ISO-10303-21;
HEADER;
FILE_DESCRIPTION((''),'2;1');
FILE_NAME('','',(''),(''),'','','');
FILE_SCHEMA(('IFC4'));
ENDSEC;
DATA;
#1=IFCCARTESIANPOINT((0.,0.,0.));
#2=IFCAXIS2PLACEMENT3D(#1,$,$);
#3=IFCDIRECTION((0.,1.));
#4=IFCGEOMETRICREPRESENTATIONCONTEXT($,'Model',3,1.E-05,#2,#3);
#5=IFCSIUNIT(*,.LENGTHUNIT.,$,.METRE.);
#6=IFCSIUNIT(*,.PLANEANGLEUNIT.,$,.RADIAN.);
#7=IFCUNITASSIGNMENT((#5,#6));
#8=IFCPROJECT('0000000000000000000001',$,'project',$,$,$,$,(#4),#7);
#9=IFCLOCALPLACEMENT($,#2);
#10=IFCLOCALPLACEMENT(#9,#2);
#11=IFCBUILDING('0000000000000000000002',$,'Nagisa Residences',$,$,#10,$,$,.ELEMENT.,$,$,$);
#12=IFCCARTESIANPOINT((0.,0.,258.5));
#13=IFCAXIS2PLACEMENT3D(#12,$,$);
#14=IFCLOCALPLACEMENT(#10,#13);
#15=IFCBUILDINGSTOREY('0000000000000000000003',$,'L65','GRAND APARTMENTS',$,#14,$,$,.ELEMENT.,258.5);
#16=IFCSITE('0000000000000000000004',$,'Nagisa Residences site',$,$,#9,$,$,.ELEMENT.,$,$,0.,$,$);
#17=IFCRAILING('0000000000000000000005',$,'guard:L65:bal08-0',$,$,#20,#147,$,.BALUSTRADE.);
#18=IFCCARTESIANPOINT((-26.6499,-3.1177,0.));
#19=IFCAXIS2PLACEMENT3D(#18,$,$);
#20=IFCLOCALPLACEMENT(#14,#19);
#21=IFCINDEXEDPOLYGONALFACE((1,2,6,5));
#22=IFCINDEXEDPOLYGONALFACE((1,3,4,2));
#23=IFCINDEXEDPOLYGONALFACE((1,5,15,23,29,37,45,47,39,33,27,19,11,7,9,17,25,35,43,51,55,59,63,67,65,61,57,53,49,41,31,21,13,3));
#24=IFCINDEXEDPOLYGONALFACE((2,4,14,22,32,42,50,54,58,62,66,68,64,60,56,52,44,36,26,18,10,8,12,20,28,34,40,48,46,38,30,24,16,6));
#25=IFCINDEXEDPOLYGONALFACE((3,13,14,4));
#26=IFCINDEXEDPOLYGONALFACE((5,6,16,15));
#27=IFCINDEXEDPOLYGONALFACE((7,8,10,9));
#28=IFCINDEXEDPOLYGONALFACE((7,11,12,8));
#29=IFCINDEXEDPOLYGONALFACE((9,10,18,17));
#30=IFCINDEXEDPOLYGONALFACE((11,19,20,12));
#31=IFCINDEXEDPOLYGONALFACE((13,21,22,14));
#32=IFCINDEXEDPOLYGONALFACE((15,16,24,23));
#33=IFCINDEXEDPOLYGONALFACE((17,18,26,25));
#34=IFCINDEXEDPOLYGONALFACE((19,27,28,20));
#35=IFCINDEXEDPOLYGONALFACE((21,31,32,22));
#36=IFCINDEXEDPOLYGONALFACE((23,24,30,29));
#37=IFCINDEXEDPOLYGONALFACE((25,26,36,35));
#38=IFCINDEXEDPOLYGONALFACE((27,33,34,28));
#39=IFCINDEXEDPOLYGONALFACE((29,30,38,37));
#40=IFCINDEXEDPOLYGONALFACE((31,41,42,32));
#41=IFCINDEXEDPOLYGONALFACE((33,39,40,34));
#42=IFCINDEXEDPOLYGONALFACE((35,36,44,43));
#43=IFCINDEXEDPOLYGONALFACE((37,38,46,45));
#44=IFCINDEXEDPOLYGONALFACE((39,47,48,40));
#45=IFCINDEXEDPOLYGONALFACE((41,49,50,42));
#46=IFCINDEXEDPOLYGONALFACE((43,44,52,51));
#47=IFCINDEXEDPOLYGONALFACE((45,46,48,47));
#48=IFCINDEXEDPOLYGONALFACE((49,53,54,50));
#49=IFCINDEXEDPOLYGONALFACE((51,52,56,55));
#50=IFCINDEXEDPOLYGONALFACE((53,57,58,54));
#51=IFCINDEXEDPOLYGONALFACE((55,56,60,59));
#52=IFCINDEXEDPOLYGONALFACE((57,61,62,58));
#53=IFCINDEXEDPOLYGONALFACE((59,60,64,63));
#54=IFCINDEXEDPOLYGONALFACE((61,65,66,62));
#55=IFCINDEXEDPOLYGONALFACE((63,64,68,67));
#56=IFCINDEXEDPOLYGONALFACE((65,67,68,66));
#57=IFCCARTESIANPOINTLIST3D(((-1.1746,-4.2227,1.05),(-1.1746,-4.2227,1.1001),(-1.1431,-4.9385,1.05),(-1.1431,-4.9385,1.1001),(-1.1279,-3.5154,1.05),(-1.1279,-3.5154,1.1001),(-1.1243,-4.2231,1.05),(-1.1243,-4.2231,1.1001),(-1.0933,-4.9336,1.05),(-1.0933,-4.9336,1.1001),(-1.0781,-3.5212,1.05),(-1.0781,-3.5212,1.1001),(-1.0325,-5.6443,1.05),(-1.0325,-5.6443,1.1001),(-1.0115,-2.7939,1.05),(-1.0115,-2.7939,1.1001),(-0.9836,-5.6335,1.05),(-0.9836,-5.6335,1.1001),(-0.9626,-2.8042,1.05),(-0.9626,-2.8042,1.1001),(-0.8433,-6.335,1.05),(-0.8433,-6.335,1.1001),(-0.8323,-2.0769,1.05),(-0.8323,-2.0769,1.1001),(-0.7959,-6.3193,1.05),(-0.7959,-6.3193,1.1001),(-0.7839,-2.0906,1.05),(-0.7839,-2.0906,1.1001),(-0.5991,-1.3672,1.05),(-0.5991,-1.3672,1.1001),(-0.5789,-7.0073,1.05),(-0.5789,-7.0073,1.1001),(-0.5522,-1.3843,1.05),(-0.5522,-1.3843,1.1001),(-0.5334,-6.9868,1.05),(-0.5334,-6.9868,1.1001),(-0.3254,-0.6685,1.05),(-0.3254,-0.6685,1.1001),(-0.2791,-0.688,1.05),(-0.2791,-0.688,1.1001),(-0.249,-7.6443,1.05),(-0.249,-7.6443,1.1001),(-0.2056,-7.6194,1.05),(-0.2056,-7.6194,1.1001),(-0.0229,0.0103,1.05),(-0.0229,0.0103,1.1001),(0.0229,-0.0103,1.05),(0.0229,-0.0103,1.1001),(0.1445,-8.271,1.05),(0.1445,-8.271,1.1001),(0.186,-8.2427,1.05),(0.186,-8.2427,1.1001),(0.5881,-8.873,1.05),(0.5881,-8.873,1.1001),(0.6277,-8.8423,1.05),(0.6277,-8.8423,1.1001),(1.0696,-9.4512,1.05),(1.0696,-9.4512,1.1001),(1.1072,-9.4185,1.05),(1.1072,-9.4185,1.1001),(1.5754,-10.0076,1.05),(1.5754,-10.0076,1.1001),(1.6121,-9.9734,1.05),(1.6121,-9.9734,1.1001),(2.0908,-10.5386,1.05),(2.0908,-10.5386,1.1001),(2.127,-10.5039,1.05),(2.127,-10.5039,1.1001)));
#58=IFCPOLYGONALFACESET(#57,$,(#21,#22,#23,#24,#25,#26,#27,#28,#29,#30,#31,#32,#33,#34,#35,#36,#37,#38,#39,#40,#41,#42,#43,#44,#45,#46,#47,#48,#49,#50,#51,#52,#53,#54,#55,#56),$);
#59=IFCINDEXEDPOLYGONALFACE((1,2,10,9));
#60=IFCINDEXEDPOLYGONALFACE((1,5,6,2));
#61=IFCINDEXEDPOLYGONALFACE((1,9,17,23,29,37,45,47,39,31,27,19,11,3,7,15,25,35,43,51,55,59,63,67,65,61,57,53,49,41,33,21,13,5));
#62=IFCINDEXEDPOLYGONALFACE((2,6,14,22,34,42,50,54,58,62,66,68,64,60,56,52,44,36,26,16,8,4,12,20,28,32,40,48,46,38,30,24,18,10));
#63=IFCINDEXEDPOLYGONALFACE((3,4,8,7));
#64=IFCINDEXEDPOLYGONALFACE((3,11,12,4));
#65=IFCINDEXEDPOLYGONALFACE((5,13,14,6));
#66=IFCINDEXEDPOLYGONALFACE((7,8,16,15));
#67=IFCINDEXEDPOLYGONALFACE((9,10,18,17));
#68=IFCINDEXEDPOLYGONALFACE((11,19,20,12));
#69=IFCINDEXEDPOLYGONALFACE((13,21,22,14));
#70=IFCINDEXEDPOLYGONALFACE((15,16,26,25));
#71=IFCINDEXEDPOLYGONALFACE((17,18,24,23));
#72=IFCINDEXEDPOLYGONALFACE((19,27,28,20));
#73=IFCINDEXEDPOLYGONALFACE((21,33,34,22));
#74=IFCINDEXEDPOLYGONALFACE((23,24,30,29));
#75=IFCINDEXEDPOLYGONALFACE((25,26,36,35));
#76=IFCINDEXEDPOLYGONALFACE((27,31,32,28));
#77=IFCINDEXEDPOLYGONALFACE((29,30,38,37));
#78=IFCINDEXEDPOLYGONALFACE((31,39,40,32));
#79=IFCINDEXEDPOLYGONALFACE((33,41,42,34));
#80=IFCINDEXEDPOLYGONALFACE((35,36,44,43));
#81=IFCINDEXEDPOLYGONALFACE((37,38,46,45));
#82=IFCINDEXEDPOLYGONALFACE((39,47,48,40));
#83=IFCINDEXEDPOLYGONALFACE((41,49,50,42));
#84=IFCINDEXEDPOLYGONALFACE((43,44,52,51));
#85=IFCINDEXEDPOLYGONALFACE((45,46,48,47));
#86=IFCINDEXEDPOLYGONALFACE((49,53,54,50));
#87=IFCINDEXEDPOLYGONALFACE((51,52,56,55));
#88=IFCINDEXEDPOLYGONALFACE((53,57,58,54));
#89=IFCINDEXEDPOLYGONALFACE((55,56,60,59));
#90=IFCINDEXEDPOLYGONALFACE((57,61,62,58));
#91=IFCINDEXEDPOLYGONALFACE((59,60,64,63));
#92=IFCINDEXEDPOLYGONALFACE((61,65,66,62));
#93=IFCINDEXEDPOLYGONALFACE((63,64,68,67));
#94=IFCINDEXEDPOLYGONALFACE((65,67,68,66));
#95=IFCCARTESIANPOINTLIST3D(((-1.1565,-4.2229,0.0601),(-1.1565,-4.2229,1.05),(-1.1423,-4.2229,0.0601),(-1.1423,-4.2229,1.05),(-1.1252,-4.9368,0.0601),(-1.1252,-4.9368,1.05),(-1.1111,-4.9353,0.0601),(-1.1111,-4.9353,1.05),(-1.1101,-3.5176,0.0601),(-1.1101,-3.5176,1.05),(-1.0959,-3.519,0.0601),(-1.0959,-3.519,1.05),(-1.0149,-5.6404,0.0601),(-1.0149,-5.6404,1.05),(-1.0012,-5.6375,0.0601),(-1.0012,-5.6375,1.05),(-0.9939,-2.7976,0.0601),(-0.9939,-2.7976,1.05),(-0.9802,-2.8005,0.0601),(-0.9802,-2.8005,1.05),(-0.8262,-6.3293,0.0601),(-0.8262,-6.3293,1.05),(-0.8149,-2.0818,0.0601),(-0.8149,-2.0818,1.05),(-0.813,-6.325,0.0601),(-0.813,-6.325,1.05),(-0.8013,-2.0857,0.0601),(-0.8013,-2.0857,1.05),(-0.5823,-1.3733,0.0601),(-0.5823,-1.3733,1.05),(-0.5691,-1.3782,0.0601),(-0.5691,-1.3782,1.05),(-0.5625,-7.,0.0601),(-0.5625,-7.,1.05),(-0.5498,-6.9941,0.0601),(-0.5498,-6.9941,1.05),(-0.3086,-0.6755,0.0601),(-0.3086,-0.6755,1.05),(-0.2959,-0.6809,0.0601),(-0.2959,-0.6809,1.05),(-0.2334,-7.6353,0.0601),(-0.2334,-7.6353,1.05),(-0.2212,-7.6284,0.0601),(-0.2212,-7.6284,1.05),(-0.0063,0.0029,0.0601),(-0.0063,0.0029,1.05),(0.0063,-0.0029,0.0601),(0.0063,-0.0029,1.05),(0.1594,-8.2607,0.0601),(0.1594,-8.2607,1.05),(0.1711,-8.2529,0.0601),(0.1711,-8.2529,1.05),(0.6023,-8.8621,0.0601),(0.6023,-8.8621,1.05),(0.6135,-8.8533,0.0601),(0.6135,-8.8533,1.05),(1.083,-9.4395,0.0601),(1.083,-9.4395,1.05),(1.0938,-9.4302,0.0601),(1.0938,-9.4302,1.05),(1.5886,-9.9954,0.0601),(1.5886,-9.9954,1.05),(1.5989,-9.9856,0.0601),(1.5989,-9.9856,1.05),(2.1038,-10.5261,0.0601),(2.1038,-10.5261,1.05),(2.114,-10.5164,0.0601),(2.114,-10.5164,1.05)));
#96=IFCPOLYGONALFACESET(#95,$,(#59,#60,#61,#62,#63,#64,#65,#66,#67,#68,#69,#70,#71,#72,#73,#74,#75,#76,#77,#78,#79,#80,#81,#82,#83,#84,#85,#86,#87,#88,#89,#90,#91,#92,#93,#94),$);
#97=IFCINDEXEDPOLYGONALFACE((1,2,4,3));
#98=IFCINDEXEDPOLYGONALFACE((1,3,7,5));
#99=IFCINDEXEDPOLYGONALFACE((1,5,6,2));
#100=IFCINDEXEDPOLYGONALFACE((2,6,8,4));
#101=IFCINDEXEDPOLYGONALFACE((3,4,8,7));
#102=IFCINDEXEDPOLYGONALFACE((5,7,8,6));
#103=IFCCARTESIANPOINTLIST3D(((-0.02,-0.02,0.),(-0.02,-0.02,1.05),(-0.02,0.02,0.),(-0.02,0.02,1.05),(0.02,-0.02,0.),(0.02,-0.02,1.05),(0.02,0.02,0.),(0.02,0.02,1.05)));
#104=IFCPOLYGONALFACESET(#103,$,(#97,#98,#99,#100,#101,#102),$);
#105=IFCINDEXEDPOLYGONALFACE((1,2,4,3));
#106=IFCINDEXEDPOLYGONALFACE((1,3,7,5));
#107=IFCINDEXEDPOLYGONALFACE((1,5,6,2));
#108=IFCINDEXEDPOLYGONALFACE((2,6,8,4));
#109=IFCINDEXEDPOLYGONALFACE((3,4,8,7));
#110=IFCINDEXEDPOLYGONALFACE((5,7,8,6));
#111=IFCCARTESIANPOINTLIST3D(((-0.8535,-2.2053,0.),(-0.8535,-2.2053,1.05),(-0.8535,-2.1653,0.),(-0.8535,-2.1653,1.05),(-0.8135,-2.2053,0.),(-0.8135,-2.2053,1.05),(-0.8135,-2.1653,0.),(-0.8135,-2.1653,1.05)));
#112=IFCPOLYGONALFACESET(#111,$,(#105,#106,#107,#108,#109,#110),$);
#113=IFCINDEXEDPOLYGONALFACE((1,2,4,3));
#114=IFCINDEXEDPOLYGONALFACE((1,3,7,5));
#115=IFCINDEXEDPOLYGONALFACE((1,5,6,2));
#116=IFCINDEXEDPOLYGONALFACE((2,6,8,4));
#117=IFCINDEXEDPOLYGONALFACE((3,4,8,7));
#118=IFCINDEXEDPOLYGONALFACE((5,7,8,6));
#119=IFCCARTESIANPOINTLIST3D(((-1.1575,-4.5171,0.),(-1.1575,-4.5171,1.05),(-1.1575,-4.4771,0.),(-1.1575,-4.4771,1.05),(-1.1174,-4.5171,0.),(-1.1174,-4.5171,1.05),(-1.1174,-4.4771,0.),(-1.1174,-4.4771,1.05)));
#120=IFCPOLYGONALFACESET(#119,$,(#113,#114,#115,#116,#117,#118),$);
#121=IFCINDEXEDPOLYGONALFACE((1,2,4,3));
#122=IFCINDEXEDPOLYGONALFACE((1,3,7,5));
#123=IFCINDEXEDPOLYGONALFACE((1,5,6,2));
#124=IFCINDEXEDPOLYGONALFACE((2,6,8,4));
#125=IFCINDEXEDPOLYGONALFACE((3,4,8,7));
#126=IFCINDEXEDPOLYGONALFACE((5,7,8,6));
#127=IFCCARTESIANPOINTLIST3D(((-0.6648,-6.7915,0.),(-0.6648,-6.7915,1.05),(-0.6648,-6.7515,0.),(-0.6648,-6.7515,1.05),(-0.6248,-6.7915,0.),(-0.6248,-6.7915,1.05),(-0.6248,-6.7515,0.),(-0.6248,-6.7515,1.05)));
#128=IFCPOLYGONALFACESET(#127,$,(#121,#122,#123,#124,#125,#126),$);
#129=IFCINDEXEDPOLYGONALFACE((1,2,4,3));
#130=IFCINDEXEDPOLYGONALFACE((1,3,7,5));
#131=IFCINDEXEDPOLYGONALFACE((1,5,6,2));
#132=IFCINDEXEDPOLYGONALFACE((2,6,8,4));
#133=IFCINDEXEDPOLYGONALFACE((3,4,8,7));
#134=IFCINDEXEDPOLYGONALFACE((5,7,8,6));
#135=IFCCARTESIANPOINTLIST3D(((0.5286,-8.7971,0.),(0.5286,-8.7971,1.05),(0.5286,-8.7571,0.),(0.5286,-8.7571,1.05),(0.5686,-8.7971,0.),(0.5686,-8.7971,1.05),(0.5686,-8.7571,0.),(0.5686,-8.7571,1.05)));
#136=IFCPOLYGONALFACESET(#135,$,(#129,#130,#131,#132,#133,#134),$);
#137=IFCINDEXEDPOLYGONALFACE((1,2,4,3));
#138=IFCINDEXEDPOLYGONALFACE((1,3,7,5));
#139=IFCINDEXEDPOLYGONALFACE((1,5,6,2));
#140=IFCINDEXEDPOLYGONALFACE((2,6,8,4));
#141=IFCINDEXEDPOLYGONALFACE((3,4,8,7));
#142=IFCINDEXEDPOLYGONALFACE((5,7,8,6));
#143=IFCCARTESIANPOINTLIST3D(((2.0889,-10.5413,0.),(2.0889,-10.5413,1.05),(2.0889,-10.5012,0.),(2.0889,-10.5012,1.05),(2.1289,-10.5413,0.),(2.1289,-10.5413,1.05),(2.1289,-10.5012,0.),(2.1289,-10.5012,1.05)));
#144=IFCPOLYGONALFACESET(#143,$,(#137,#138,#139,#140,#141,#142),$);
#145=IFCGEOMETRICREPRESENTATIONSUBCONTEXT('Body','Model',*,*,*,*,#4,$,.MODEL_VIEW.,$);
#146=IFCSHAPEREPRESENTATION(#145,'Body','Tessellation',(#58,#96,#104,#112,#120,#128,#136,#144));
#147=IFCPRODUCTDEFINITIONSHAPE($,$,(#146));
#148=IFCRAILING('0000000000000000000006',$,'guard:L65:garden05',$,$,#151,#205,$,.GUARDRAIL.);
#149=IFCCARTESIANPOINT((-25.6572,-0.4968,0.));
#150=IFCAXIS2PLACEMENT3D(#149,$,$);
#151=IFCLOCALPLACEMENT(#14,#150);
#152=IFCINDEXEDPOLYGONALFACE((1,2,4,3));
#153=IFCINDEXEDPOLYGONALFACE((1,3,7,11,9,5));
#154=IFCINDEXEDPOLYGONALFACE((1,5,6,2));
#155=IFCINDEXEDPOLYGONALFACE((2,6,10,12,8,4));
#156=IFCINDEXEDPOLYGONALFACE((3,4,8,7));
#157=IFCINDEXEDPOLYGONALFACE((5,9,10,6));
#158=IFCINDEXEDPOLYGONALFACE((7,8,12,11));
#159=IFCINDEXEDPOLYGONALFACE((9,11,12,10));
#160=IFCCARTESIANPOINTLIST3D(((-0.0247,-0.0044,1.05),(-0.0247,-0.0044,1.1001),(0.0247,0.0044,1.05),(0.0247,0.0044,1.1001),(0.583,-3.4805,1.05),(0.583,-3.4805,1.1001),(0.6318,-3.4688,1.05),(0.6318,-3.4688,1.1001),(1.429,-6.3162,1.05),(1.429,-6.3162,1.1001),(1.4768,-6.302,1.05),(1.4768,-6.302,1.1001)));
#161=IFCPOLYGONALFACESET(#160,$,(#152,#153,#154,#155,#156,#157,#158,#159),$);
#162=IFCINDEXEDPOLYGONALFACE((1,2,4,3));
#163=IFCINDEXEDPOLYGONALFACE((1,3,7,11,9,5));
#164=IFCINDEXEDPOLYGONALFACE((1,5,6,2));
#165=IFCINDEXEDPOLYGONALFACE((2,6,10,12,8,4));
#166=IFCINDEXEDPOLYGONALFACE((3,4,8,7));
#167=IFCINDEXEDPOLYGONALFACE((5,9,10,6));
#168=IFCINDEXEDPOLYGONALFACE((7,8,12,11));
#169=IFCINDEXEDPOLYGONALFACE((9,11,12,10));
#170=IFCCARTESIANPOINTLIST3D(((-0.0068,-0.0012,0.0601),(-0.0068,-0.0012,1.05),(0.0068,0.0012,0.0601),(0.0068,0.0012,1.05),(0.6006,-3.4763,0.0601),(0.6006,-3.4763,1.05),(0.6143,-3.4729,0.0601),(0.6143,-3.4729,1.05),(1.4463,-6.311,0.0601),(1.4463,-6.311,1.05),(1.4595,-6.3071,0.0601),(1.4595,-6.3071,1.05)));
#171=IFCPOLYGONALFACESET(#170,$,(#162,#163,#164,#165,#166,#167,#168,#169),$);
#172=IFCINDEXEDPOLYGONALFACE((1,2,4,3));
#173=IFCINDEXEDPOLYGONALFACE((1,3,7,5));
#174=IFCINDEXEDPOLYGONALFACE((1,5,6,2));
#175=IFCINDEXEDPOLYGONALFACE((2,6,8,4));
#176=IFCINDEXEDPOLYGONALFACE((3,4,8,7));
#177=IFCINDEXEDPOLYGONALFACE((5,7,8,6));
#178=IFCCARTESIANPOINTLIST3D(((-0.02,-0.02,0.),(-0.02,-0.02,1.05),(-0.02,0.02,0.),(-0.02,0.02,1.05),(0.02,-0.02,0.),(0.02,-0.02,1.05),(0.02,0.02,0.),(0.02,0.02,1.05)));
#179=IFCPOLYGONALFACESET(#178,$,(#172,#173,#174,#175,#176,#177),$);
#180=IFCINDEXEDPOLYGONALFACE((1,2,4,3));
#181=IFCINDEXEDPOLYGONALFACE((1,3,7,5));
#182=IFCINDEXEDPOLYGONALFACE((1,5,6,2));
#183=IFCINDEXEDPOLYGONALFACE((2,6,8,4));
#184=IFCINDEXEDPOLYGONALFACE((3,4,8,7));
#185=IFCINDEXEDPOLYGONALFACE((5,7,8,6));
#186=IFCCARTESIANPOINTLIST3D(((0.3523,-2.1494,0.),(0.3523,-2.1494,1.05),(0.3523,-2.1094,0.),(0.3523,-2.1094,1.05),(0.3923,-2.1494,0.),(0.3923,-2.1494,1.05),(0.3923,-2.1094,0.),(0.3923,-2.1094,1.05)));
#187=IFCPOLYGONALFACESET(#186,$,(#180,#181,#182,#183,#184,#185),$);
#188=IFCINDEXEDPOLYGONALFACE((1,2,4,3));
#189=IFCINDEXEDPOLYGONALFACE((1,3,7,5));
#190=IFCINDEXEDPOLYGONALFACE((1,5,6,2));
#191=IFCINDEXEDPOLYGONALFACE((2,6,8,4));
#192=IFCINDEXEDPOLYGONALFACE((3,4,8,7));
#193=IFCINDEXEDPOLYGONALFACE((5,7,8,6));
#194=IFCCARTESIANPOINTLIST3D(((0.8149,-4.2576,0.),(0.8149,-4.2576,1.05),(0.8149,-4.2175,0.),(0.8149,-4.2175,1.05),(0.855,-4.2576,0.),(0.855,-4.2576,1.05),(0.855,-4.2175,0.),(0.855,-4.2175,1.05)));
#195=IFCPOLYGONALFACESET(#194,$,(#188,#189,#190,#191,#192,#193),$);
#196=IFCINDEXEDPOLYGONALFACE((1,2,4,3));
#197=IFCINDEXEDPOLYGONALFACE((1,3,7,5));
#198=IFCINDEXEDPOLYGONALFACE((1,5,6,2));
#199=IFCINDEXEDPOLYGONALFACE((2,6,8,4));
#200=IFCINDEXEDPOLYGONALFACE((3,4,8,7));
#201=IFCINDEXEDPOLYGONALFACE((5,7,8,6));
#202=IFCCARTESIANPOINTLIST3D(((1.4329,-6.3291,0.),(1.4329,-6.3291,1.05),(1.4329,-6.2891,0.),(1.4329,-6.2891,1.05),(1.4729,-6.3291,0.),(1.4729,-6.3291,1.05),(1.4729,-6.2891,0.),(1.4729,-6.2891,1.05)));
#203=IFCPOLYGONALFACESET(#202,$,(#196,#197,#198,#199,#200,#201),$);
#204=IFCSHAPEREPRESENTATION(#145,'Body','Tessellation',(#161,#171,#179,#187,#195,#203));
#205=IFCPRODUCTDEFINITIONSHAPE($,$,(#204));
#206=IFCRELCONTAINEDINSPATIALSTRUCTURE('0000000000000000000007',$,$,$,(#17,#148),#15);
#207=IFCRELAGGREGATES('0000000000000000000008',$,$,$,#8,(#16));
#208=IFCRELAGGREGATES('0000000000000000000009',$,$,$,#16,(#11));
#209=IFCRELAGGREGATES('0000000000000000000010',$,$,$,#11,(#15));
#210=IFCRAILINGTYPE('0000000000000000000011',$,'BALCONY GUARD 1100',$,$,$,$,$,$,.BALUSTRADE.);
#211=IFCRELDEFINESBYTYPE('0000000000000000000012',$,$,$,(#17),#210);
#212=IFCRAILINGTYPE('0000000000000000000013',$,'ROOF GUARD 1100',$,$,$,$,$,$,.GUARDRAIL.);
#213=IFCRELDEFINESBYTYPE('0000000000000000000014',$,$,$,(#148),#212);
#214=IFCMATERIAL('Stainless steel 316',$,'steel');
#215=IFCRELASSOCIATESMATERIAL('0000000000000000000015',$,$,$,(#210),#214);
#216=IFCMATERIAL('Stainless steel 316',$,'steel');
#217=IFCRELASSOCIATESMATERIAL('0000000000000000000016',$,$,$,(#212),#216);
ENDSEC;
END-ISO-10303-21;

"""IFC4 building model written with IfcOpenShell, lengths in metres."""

from ifc_helpers import new_model, si_unit, direction, frame, origin, origin_2d, place, context, subcontext, project, spatial, polyline, rectangle, outline, extrude, material, type_object, element, save


model = new_model("IFC4")

# Units and contexts
model_context = context("Model", 3, precision=1e-05, world=origin(), true_north=direction((0.0, 1.0)))
body_context = subcontext(model_context, "Body", "Model", "MODEL_VIEW")
ifc_project = project(units=[si_unit("LENGTHUNIT", "METRE"), si_unit("PLANEANGLEUNIT", "RADIAN")], contexts=[model_context])

# Site, building, storey
site_placement = place(None, origin())
site = spatial("IfcSite", under=ifc_project, at=site_placement, Name="Nagisa Residences site", CompositionType="ELEMENT", RefElevation=0.0)
building_placement = place(site_placement, origin())
building = spatial("IfcBuilding", under=site, at=building_placement, Name="Nagisa Residences", CompositionType="ELEMENT")
storey_placement = place(building_placement, frame((0.0, 0.0, 258.5)))
storey = spatial("IfcBuildingStorey", under=building, at=storey_placement, Name="L65", Description="GRAND APARTMENTS", CompositionType="ELEMENT", Elevation=258.5)

# Railings
ifc_material_1 = material(Name="Stainless steel 316", Category="steel")
railing_type_1 = type_object("IfcRailingType", Name="BALCONY GUARD 1100", PredefinedType="BALUSTRADE", material=ifc_material_1)
railing_1_placement = place(storey_placement, frame((-26.6499, -3.1177, 0.0)))
element("IfcRailing", 1, at=railing_1_placement, inside=storey, type_object=railing_type_1, Name="guard:L65:bal08-0", PredefinedType="BALUSTRADE", context=body_context, shape_type="SweptSolid", body=[
    extrude(outline(polyline([(-0.2791, -0.688), (0.0229, -0.0103), (-0.0229, 0.0103), (-0.3254, -0.6685), (-0.5991, -1.3672), (-0.8323, -2.0769), (-1.0115, -2.7939), (-1.1279, -3.5154), (-1.1746, -4.2227), (-1.1431, -4.9385), (-1.0325, -5.6443), (-0.8433, -6.335), (-0.5789, -7.0073), (-0.249, -7.6443), (0.1445, -8.271), (0.5881, -8.873), (1.0696, -9.4512), (1.5754, -10.0076), (2.0908, -10.5386), (2.127, -10.5039), (1.6121, -9.9734), (1.1072, -9.4185), (0.6277, -8.8423), (0.186, -8.2427), (-0.2056, -7.6194), (-0.5334, -6.9868), (-0.7959, -6.3193), (-0.9836, -5.6335), (-1.0933, -4.9336), (-1.1243, -4.2231), (-1.0781, -3.5212), (-0.9626, -2.8042), (-0.7839, -2.0906), (-0.5522, -1.3843), (-0.2791, -0.688)])), frame((0.0, 0.0, 1.05)), (0.0, 0.0, 1.0), 0.05),
    extrude(outline(polyline([(-0.2959, -0.6809), (0.0063, -0.0029), (-0.0063, 0.0029), (-0.3086, -0.6755), (-0.5823, -1.3733), (-0.8149, -2.0818), (-0.9939, -2.7976), (-1.1101, -3.5176), (-1.1565, -4.2229), (-1.1252, -4.9368), (-1.0149, -5.6404), (-0.8262, -6.3293), (-0.5625, -7.0), (-0.2334, -7.6353), (0.1594, -8.2607), (0.6023, -8.8621), (1.083, -9.4395), (1.5886, -9.9954), (2.1038, -10.5261), (2.114, -10.5164), (1.5989, -9.9856), (1.0938, -9.4302), (0.6135, -8.8533), (0.1711, -8.2529), (-0.2212, -7.6284), (-0.5498, -6.9941), (-0.813, -6.325), (-1.0012, -5.6375), (-1.1111, -4.9353), (-1.1423, -4.2229), (-1.0959, -3.519), (-0.9802, -2.8005), (-0.8013, -2.0857), (-0.5691, -1.3782), (-0.2959, -0.6809)])), frame((0.0, 0.0, 0.0601)), (0.0, 0.0, 1.0), 0.99),
    extrude(rectangle(XDim=0.04, YDim=0.04, at=origin_2d()), origin(), (0.0, 0.0, 1.0), 1.05),
    extrude(rectangle(XDim=0.04, YDim=0.04, at=origin_2d()), frame((-0.8335, -2.1853, 0.0)), (0.0, 0.0, 1.0), 1.05),
    extrude(rectangle(XDim=0.04, YDim=0.04, at=origin_2d()), frame((-1.1375, -4.4971, 0.0)), (0.0, 0.0, 1.0), 1.05),
    extrude(rectangle(XDim=0.04, YDim=0.04, at=origin_2d()), frame((-0.6448, -6.7715, 0.0)), (0.0, 0.0, 1.0), 1.05),
    extrude(rectangle(XDim=0.04, YDim=0.04, at=origin_2d()), frame((0.5486, -8.7771, 0.0)), (0.0, 0.0, 1.0), 1.05),
    extrude(rectangle(XDim=0.04, YDim=0.04, at=origin_2d()), frame((2.1089, -10.5212, 0.0)), (0.0, 0.0, 1.0), 1.05),
])
ifc_material_2 = material(Name="Stainless steel 316", Category="steel")
railing_type_2 = type_object("IfcRailingType", Name="ROOF GUARD 1100", PredefinedType="GUARDRAIL", material=ifc_material_2)
railing_2_placement = place(storey_placement, frame((-25.6572, -0.4968, 0.0)))
element("IfcRailing", 2, at=railing_2_placement, inside=storey, type_object=railing_type_2, Name="guard:L65:garden05", PredefinedType="GUARDRAIL", context=body_context, shape_type="SweptSolid", body=[
    extrude(outline(polyline([(0.6318, -3.4688), (0.0247, 0.0044), (-0.0247, -0.0044), (0.583, -3.4805), (1.429, -6.3162), (1.4768, -6.302), (0.6318, -3.4688)])), frame((0.0, 0.0, 1.05)), (0.0, 0.0, 1.0), 0.05),
    extrude(outline(polyline([(0.6143, -3.4729), (0.0068, 0.0012), (-0.0068, -0.0012), (0.6006, -3.4763), (1.4463, -6.311), (1.4595, -6.3071), (0.6143, -3.4729)])), frame((0.0, 0.0, 0.0601)), (0.0, 0.0, 1.0), 0.99),
    extrude(rectangle(XDim=0.04, YDim=0.04, at=origin_2d()), origin(), (0.0, 0.0, 1.0), 1.05),
    extrude(rectangle(XDim=0.04, YDim=0.04, at=origin_2d()), frame((0.3723, -2.1294, 0.0)), (0.0, 0.0, 1.0), 1.05),
    extrude(rectangle(XDim=0.04, YDim=0.04, at=origin_2d()), frame((0.835, -4.2375, 0.0)), (0.0, 0.0, 1.0), 1.05),
    extrude(rectangle(XDim=0.04, YDim=0.04, at=origin_2d()), frame((1.4529, -6.3091, 0.0)), (0.0, 0.0, 1.0), 1.05),
])

save(model, "model.ifc")
